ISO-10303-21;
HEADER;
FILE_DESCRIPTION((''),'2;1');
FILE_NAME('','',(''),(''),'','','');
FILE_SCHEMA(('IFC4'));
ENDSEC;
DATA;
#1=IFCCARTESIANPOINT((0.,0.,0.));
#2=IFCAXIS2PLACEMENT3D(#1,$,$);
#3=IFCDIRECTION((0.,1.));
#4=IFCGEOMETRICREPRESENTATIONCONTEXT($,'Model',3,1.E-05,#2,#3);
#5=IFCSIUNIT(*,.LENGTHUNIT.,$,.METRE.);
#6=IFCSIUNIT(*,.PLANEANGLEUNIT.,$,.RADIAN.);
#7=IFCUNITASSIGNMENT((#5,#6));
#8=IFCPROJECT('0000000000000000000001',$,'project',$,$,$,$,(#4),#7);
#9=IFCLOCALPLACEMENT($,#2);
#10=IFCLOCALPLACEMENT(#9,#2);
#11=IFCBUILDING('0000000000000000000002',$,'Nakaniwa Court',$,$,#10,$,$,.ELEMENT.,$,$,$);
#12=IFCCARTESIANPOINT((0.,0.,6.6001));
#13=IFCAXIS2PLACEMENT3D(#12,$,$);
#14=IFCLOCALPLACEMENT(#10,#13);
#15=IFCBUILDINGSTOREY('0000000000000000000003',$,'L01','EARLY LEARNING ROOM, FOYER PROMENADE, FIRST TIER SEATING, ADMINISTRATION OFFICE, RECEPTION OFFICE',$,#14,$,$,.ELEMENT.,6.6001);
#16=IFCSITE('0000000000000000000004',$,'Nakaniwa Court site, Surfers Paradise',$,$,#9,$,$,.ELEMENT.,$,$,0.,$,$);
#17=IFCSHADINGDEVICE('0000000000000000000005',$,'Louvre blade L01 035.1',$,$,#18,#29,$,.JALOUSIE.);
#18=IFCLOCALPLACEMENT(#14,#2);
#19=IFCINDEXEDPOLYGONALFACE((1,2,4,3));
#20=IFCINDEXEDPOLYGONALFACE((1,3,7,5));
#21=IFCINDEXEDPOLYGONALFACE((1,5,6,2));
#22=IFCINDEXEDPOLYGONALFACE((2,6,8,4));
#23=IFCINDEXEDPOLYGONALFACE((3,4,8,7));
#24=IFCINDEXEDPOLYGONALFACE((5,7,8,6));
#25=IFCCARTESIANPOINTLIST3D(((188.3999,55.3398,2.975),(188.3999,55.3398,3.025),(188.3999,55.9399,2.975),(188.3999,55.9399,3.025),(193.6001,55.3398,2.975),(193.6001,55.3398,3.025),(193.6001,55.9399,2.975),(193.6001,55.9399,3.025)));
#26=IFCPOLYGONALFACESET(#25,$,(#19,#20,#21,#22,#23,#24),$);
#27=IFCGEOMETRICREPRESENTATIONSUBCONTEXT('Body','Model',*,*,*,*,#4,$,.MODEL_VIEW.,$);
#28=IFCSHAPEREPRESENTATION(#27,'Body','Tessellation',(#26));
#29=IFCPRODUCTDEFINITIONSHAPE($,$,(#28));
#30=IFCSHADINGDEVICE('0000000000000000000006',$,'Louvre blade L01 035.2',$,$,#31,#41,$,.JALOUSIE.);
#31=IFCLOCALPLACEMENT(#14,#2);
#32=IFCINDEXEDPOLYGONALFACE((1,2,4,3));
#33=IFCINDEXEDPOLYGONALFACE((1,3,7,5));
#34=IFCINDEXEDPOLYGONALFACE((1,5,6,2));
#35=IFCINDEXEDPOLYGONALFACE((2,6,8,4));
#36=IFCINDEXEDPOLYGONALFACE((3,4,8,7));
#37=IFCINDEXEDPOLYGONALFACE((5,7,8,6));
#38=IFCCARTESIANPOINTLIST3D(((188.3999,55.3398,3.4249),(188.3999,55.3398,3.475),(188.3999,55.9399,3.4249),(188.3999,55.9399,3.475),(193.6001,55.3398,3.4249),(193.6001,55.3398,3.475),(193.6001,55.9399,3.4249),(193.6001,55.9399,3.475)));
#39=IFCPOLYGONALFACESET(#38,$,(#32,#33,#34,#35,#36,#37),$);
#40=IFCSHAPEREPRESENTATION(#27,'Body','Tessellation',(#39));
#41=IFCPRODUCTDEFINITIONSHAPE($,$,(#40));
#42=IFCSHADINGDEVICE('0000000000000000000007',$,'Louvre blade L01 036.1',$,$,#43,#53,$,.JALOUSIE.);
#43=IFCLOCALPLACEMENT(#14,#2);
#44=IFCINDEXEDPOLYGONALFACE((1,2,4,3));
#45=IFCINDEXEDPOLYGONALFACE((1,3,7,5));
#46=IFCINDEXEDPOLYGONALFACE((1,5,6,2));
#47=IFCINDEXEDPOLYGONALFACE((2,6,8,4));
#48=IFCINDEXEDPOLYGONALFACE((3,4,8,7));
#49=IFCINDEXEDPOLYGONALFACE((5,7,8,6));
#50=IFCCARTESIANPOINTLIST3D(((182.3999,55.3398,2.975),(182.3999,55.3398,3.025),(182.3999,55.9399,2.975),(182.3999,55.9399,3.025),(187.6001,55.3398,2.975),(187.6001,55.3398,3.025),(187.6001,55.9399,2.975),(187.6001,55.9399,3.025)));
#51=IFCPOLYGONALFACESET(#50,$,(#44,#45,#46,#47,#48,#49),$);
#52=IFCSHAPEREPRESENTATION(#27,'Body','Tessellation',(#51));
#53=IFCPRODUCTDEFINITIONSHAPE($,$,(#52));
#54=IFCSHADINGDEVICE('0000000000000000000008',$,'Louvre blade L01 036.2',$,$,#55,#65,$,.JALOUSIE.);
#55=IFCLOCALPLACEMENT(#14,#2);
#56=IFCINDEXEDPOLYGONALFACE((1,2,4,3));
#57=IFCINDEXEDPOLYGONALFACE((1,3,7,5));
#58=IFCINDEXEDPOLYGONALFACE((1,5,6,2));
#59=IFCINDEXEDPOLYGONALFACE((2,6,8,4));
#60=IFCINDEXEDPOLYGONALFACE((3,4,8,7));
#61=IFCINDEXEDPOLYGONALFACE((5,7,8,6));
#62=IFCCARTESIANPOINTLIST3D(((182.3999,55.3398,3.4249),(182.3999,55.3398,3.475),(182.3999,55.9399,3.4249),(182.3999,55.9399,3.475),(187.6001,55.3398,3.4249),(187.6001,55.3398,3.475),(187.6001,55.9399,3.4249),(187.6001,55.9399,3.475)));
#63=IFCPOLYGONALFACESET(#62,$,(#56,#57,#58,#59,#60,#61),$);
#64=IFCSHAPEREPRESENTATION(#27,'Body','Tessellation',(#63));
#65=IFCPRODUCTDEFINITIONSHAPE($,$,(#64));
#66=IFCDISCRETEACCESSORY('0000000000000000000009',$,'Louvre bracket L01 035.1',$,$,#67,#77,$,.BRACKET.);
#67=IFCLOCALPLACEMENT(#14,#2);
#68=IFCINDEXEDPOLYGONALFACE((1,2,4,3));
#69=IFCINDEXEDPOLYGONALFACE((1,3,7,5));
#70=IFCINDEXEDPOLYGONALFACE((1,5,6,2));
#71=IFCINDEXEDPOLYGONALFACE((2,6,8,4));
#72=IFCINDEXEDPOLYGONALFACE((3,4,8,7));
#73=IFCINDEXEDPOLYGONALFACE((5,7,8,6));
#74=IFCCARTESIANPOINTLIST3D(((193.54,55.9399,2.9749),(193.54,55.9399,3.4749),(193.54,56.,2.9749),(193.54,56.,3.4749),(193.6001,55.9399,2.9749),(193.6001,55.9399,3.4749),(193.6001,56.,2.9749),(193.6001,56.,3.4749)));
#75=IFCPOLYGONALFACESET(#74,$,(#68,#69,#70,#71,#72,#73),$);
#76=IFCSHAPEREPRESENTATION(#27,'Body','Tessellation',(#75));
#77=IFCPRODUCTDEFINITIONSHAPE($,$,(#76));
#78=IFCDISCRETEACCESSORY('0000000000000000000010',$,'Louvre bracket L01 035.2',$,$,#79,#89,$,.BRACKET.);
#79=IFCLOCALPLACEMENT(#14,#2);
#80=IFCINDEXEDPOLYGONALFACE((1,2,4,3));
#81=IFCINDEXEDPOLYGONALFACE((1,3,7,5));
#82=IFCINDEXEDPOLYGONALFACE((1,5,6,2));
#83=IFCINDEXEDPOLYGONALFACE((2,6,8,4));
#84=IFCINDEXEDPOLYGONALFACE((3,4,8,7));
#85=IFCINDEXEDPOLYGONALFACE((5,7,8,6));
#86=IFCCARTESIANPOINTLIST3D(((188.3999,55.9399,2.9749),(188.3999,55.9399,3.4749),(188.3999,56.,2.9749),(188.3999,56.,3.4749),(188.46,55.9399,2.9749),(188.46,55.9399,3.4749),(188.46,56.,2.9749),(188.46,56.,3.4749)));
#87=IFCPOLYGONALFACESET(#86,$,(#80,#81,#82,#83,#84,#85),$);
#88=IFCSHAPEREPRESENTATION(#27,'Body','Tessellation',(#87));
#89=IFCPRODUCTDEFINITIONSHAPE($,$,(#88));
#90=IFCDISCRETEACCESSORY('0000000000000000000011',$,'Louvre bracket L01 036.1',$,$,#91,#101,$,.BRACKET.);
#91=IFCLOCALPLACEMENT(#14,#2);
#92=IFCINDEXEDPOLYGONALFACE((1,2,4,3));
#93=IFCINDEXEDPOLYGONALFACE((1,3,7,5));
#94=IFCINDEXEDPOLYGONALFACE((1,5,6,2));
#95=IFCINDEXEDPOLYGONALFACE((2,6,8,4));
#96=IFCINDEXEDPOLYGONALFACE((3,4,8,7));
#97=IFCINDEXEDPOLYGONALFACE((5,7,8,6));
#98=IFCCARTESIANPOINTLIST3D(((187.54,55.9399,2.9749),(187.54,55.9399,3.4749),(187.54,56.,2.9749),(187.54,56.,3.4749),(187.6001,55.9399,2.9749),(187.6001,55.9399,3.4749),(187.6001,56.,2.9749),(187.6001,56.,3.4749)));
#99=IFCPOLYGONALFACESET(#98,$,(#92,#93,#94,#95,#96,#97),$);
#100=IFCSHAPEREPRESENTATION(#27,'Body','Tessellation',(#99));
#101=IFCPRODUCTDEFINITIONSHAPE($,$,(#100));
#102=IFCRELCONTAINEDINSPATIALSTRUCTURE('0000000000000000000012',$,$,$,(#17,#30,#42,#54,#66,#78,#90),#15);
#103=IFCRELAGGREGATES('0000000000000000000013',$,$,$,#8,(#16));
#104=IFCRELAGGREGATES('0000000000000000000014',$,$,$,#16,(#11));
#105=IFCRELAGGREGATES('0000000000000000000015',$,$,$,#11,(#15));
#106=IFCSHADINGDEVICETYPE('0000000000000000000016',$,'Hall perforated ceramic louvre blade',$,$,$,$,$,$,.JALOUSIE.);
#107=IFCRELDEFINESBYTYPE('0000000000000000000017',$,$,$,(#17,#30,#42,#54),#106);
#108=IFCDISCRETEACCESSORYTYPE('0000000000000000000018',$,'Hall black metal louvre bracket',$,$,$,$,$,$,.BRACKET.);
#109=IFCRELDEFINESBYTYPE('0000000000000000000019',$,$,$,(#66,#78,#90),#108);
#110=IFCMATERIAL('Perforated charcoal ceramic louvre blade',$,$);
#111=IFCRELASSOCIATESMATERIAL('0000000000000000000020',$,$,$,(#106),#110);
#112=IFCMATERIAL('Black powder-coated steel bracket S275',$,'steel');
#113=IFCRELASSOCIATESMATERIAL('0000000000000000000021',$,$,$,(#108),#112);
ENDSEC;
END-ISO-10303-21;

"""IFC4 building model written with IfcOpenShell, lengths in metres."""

from ifc_helpers import new_model, si_unit, direction, frame, origin, origin_2d, place, context, subcontext, project, spatial, rectangle, extrude, material, material_profile, profile_set, type_object, element, save


model = new_model("IFC4")

# Units and contexts
model_context = context("Model", 3, precision=1e-05, world=origin(), true_north=direction((0.0, 1.0)))
body_context = subcontext(model_context, "Body", "Model", "MODEL_VIEW")
ifc_project = project(units=[si_unit("LENGTHUNIT", "METRE"), si_unit("PLANEANGLEUNIT", "RADIAN")], contexts=[model_context])

# Site, building, storey
site_placement = place(None, origin())
site = spatial("IfcSite", under=ifc_project, at=site_placement, Name="Nakaniwa Court site, Surfers Paradise", CompositionType="ELEMENT", RefElevation=0.0)
building_placement = place(site_placement, origin())
building = spatial("IfcBuilding", under=site, at=building_placement, Name="Nakaniwa Court", CompositionType="ELEMENT")
storey_placement = place(building_placement, frame((0.0, 0.0, 6.6001)))
storey = spatial("IfcBuildingStorey", under=building, at=storey_placement, Name="L01", Description="EARLY LEARNING ROOM, FOYER PROMENADE, FIRST TIER SEATING, ADMINISTRATION OFFICE, RECEPTION OFFICE", CompositionType="ELEMENT", Elevation=6.6001)

# Shading devices
ifc_material_1 = material(Name="Perforated charcoal ceramic louvre blade")
ifc_material_profile_1 = material_profile(ifc_material_1, rectangle(XDim=0.6001, YDim=0.05, at=origin_2d()), Name="Hall perforated ceramic louvre blade")
ifc_profile_set_1 = profile_set([ifc_material_profile_1], Name="Perforated charcoal ceramic louvre blade")
shading_device_type = type_object("IfcShadingDeviceType", Name="Hall perforated ceramic louvre blade", PredefinedType="JALOUSIE", material=ifc_profile_set_1)
for number, where, z_axis, x_axis, name in (
    (1, (193.6001, 55.6399, 3.0), (-1.0, 0.0, 0.0), (0.0, -1.0, 0.0), "Louvre blade L01 035.1"),
    (2, (193.6001, 55.6399, 3.45), (-1.0, 0.0, 0.0), (0.0, -1.0, 0.0), "Louvre blade L01 035.2"),
    (3, (187.6001, 55.6399, 3.0), (-1.0, 0.0, 0.0), (0.0, -1.0, 0.0), "Louvre blade L01 036.1"),
    (4, (187.6001, 55.6399, 3.45), (-1.0, 0.0, 0.0), (0.0, -1.0, 0.0), "Louvre blade L01 036.2"),
):
    element("IfcShadingDevice", number, at=place(storey_placement, frame(where, z_axis=z_axis, x_axis=x_axis)), inside=storey, type_object=shading_device_type, Name=name, PredefinedType="JALOUSIE", context=body_context, shape_type="SweptSolid", body=[
        extrude(rectangle(XDim=0.6001, YDim=0.05, at=origin_2d()), origin(), (0.0, 0.0, 1.0), 5.2002),
    ])

# Discrete accessories
ifc_material_2 = material(Name="Black powder-coated steel bracket S275", Category="steel")
discrete_accessory_type = type_object("IfcDiscreteAccessoryType", Name="Hall black metal louvre bracket", PredefinedType="BRACKET", material=ifc_material_2)
for number, where, z_axis, x_axis, name in (
    (5, (193.5701, 55.97, 2.9749), (0.0, 0.0, 1.0), (-1.0, 0.0, 0.0), "Louvre bracket L01 035.1"),
    (6, (188.4299, 55.97, 2.9749), (0.0, 0.0, 1.0), (-1.0, 0.0, 0.0), "Louvre bracket L01 035.2"),
    (7, (187.5701, 55.97, 2.9749), (0.0, 0.0, 1.0), (-1.0, 0.0, 0.0), "Louvre bracket L01 036.1"),
):
    element("IfcDiscreteAccessory", number, at=place(storey_placement, frame(where, z_axis=z_axis, x_axis=x_axis)), inside=storey, type_object=discrete_accessory_type, Name=name, PredefinedType="BRACKET", context=body_context, shape_type="SweptSolid", body=[
        extrude(rectangle(XDim=0.0601, YDim=0.0601, at=origin_2d()), origin(), (0.0, 0.0, 1.0), 0.5),
    ])

save(model, "model.ifc")
